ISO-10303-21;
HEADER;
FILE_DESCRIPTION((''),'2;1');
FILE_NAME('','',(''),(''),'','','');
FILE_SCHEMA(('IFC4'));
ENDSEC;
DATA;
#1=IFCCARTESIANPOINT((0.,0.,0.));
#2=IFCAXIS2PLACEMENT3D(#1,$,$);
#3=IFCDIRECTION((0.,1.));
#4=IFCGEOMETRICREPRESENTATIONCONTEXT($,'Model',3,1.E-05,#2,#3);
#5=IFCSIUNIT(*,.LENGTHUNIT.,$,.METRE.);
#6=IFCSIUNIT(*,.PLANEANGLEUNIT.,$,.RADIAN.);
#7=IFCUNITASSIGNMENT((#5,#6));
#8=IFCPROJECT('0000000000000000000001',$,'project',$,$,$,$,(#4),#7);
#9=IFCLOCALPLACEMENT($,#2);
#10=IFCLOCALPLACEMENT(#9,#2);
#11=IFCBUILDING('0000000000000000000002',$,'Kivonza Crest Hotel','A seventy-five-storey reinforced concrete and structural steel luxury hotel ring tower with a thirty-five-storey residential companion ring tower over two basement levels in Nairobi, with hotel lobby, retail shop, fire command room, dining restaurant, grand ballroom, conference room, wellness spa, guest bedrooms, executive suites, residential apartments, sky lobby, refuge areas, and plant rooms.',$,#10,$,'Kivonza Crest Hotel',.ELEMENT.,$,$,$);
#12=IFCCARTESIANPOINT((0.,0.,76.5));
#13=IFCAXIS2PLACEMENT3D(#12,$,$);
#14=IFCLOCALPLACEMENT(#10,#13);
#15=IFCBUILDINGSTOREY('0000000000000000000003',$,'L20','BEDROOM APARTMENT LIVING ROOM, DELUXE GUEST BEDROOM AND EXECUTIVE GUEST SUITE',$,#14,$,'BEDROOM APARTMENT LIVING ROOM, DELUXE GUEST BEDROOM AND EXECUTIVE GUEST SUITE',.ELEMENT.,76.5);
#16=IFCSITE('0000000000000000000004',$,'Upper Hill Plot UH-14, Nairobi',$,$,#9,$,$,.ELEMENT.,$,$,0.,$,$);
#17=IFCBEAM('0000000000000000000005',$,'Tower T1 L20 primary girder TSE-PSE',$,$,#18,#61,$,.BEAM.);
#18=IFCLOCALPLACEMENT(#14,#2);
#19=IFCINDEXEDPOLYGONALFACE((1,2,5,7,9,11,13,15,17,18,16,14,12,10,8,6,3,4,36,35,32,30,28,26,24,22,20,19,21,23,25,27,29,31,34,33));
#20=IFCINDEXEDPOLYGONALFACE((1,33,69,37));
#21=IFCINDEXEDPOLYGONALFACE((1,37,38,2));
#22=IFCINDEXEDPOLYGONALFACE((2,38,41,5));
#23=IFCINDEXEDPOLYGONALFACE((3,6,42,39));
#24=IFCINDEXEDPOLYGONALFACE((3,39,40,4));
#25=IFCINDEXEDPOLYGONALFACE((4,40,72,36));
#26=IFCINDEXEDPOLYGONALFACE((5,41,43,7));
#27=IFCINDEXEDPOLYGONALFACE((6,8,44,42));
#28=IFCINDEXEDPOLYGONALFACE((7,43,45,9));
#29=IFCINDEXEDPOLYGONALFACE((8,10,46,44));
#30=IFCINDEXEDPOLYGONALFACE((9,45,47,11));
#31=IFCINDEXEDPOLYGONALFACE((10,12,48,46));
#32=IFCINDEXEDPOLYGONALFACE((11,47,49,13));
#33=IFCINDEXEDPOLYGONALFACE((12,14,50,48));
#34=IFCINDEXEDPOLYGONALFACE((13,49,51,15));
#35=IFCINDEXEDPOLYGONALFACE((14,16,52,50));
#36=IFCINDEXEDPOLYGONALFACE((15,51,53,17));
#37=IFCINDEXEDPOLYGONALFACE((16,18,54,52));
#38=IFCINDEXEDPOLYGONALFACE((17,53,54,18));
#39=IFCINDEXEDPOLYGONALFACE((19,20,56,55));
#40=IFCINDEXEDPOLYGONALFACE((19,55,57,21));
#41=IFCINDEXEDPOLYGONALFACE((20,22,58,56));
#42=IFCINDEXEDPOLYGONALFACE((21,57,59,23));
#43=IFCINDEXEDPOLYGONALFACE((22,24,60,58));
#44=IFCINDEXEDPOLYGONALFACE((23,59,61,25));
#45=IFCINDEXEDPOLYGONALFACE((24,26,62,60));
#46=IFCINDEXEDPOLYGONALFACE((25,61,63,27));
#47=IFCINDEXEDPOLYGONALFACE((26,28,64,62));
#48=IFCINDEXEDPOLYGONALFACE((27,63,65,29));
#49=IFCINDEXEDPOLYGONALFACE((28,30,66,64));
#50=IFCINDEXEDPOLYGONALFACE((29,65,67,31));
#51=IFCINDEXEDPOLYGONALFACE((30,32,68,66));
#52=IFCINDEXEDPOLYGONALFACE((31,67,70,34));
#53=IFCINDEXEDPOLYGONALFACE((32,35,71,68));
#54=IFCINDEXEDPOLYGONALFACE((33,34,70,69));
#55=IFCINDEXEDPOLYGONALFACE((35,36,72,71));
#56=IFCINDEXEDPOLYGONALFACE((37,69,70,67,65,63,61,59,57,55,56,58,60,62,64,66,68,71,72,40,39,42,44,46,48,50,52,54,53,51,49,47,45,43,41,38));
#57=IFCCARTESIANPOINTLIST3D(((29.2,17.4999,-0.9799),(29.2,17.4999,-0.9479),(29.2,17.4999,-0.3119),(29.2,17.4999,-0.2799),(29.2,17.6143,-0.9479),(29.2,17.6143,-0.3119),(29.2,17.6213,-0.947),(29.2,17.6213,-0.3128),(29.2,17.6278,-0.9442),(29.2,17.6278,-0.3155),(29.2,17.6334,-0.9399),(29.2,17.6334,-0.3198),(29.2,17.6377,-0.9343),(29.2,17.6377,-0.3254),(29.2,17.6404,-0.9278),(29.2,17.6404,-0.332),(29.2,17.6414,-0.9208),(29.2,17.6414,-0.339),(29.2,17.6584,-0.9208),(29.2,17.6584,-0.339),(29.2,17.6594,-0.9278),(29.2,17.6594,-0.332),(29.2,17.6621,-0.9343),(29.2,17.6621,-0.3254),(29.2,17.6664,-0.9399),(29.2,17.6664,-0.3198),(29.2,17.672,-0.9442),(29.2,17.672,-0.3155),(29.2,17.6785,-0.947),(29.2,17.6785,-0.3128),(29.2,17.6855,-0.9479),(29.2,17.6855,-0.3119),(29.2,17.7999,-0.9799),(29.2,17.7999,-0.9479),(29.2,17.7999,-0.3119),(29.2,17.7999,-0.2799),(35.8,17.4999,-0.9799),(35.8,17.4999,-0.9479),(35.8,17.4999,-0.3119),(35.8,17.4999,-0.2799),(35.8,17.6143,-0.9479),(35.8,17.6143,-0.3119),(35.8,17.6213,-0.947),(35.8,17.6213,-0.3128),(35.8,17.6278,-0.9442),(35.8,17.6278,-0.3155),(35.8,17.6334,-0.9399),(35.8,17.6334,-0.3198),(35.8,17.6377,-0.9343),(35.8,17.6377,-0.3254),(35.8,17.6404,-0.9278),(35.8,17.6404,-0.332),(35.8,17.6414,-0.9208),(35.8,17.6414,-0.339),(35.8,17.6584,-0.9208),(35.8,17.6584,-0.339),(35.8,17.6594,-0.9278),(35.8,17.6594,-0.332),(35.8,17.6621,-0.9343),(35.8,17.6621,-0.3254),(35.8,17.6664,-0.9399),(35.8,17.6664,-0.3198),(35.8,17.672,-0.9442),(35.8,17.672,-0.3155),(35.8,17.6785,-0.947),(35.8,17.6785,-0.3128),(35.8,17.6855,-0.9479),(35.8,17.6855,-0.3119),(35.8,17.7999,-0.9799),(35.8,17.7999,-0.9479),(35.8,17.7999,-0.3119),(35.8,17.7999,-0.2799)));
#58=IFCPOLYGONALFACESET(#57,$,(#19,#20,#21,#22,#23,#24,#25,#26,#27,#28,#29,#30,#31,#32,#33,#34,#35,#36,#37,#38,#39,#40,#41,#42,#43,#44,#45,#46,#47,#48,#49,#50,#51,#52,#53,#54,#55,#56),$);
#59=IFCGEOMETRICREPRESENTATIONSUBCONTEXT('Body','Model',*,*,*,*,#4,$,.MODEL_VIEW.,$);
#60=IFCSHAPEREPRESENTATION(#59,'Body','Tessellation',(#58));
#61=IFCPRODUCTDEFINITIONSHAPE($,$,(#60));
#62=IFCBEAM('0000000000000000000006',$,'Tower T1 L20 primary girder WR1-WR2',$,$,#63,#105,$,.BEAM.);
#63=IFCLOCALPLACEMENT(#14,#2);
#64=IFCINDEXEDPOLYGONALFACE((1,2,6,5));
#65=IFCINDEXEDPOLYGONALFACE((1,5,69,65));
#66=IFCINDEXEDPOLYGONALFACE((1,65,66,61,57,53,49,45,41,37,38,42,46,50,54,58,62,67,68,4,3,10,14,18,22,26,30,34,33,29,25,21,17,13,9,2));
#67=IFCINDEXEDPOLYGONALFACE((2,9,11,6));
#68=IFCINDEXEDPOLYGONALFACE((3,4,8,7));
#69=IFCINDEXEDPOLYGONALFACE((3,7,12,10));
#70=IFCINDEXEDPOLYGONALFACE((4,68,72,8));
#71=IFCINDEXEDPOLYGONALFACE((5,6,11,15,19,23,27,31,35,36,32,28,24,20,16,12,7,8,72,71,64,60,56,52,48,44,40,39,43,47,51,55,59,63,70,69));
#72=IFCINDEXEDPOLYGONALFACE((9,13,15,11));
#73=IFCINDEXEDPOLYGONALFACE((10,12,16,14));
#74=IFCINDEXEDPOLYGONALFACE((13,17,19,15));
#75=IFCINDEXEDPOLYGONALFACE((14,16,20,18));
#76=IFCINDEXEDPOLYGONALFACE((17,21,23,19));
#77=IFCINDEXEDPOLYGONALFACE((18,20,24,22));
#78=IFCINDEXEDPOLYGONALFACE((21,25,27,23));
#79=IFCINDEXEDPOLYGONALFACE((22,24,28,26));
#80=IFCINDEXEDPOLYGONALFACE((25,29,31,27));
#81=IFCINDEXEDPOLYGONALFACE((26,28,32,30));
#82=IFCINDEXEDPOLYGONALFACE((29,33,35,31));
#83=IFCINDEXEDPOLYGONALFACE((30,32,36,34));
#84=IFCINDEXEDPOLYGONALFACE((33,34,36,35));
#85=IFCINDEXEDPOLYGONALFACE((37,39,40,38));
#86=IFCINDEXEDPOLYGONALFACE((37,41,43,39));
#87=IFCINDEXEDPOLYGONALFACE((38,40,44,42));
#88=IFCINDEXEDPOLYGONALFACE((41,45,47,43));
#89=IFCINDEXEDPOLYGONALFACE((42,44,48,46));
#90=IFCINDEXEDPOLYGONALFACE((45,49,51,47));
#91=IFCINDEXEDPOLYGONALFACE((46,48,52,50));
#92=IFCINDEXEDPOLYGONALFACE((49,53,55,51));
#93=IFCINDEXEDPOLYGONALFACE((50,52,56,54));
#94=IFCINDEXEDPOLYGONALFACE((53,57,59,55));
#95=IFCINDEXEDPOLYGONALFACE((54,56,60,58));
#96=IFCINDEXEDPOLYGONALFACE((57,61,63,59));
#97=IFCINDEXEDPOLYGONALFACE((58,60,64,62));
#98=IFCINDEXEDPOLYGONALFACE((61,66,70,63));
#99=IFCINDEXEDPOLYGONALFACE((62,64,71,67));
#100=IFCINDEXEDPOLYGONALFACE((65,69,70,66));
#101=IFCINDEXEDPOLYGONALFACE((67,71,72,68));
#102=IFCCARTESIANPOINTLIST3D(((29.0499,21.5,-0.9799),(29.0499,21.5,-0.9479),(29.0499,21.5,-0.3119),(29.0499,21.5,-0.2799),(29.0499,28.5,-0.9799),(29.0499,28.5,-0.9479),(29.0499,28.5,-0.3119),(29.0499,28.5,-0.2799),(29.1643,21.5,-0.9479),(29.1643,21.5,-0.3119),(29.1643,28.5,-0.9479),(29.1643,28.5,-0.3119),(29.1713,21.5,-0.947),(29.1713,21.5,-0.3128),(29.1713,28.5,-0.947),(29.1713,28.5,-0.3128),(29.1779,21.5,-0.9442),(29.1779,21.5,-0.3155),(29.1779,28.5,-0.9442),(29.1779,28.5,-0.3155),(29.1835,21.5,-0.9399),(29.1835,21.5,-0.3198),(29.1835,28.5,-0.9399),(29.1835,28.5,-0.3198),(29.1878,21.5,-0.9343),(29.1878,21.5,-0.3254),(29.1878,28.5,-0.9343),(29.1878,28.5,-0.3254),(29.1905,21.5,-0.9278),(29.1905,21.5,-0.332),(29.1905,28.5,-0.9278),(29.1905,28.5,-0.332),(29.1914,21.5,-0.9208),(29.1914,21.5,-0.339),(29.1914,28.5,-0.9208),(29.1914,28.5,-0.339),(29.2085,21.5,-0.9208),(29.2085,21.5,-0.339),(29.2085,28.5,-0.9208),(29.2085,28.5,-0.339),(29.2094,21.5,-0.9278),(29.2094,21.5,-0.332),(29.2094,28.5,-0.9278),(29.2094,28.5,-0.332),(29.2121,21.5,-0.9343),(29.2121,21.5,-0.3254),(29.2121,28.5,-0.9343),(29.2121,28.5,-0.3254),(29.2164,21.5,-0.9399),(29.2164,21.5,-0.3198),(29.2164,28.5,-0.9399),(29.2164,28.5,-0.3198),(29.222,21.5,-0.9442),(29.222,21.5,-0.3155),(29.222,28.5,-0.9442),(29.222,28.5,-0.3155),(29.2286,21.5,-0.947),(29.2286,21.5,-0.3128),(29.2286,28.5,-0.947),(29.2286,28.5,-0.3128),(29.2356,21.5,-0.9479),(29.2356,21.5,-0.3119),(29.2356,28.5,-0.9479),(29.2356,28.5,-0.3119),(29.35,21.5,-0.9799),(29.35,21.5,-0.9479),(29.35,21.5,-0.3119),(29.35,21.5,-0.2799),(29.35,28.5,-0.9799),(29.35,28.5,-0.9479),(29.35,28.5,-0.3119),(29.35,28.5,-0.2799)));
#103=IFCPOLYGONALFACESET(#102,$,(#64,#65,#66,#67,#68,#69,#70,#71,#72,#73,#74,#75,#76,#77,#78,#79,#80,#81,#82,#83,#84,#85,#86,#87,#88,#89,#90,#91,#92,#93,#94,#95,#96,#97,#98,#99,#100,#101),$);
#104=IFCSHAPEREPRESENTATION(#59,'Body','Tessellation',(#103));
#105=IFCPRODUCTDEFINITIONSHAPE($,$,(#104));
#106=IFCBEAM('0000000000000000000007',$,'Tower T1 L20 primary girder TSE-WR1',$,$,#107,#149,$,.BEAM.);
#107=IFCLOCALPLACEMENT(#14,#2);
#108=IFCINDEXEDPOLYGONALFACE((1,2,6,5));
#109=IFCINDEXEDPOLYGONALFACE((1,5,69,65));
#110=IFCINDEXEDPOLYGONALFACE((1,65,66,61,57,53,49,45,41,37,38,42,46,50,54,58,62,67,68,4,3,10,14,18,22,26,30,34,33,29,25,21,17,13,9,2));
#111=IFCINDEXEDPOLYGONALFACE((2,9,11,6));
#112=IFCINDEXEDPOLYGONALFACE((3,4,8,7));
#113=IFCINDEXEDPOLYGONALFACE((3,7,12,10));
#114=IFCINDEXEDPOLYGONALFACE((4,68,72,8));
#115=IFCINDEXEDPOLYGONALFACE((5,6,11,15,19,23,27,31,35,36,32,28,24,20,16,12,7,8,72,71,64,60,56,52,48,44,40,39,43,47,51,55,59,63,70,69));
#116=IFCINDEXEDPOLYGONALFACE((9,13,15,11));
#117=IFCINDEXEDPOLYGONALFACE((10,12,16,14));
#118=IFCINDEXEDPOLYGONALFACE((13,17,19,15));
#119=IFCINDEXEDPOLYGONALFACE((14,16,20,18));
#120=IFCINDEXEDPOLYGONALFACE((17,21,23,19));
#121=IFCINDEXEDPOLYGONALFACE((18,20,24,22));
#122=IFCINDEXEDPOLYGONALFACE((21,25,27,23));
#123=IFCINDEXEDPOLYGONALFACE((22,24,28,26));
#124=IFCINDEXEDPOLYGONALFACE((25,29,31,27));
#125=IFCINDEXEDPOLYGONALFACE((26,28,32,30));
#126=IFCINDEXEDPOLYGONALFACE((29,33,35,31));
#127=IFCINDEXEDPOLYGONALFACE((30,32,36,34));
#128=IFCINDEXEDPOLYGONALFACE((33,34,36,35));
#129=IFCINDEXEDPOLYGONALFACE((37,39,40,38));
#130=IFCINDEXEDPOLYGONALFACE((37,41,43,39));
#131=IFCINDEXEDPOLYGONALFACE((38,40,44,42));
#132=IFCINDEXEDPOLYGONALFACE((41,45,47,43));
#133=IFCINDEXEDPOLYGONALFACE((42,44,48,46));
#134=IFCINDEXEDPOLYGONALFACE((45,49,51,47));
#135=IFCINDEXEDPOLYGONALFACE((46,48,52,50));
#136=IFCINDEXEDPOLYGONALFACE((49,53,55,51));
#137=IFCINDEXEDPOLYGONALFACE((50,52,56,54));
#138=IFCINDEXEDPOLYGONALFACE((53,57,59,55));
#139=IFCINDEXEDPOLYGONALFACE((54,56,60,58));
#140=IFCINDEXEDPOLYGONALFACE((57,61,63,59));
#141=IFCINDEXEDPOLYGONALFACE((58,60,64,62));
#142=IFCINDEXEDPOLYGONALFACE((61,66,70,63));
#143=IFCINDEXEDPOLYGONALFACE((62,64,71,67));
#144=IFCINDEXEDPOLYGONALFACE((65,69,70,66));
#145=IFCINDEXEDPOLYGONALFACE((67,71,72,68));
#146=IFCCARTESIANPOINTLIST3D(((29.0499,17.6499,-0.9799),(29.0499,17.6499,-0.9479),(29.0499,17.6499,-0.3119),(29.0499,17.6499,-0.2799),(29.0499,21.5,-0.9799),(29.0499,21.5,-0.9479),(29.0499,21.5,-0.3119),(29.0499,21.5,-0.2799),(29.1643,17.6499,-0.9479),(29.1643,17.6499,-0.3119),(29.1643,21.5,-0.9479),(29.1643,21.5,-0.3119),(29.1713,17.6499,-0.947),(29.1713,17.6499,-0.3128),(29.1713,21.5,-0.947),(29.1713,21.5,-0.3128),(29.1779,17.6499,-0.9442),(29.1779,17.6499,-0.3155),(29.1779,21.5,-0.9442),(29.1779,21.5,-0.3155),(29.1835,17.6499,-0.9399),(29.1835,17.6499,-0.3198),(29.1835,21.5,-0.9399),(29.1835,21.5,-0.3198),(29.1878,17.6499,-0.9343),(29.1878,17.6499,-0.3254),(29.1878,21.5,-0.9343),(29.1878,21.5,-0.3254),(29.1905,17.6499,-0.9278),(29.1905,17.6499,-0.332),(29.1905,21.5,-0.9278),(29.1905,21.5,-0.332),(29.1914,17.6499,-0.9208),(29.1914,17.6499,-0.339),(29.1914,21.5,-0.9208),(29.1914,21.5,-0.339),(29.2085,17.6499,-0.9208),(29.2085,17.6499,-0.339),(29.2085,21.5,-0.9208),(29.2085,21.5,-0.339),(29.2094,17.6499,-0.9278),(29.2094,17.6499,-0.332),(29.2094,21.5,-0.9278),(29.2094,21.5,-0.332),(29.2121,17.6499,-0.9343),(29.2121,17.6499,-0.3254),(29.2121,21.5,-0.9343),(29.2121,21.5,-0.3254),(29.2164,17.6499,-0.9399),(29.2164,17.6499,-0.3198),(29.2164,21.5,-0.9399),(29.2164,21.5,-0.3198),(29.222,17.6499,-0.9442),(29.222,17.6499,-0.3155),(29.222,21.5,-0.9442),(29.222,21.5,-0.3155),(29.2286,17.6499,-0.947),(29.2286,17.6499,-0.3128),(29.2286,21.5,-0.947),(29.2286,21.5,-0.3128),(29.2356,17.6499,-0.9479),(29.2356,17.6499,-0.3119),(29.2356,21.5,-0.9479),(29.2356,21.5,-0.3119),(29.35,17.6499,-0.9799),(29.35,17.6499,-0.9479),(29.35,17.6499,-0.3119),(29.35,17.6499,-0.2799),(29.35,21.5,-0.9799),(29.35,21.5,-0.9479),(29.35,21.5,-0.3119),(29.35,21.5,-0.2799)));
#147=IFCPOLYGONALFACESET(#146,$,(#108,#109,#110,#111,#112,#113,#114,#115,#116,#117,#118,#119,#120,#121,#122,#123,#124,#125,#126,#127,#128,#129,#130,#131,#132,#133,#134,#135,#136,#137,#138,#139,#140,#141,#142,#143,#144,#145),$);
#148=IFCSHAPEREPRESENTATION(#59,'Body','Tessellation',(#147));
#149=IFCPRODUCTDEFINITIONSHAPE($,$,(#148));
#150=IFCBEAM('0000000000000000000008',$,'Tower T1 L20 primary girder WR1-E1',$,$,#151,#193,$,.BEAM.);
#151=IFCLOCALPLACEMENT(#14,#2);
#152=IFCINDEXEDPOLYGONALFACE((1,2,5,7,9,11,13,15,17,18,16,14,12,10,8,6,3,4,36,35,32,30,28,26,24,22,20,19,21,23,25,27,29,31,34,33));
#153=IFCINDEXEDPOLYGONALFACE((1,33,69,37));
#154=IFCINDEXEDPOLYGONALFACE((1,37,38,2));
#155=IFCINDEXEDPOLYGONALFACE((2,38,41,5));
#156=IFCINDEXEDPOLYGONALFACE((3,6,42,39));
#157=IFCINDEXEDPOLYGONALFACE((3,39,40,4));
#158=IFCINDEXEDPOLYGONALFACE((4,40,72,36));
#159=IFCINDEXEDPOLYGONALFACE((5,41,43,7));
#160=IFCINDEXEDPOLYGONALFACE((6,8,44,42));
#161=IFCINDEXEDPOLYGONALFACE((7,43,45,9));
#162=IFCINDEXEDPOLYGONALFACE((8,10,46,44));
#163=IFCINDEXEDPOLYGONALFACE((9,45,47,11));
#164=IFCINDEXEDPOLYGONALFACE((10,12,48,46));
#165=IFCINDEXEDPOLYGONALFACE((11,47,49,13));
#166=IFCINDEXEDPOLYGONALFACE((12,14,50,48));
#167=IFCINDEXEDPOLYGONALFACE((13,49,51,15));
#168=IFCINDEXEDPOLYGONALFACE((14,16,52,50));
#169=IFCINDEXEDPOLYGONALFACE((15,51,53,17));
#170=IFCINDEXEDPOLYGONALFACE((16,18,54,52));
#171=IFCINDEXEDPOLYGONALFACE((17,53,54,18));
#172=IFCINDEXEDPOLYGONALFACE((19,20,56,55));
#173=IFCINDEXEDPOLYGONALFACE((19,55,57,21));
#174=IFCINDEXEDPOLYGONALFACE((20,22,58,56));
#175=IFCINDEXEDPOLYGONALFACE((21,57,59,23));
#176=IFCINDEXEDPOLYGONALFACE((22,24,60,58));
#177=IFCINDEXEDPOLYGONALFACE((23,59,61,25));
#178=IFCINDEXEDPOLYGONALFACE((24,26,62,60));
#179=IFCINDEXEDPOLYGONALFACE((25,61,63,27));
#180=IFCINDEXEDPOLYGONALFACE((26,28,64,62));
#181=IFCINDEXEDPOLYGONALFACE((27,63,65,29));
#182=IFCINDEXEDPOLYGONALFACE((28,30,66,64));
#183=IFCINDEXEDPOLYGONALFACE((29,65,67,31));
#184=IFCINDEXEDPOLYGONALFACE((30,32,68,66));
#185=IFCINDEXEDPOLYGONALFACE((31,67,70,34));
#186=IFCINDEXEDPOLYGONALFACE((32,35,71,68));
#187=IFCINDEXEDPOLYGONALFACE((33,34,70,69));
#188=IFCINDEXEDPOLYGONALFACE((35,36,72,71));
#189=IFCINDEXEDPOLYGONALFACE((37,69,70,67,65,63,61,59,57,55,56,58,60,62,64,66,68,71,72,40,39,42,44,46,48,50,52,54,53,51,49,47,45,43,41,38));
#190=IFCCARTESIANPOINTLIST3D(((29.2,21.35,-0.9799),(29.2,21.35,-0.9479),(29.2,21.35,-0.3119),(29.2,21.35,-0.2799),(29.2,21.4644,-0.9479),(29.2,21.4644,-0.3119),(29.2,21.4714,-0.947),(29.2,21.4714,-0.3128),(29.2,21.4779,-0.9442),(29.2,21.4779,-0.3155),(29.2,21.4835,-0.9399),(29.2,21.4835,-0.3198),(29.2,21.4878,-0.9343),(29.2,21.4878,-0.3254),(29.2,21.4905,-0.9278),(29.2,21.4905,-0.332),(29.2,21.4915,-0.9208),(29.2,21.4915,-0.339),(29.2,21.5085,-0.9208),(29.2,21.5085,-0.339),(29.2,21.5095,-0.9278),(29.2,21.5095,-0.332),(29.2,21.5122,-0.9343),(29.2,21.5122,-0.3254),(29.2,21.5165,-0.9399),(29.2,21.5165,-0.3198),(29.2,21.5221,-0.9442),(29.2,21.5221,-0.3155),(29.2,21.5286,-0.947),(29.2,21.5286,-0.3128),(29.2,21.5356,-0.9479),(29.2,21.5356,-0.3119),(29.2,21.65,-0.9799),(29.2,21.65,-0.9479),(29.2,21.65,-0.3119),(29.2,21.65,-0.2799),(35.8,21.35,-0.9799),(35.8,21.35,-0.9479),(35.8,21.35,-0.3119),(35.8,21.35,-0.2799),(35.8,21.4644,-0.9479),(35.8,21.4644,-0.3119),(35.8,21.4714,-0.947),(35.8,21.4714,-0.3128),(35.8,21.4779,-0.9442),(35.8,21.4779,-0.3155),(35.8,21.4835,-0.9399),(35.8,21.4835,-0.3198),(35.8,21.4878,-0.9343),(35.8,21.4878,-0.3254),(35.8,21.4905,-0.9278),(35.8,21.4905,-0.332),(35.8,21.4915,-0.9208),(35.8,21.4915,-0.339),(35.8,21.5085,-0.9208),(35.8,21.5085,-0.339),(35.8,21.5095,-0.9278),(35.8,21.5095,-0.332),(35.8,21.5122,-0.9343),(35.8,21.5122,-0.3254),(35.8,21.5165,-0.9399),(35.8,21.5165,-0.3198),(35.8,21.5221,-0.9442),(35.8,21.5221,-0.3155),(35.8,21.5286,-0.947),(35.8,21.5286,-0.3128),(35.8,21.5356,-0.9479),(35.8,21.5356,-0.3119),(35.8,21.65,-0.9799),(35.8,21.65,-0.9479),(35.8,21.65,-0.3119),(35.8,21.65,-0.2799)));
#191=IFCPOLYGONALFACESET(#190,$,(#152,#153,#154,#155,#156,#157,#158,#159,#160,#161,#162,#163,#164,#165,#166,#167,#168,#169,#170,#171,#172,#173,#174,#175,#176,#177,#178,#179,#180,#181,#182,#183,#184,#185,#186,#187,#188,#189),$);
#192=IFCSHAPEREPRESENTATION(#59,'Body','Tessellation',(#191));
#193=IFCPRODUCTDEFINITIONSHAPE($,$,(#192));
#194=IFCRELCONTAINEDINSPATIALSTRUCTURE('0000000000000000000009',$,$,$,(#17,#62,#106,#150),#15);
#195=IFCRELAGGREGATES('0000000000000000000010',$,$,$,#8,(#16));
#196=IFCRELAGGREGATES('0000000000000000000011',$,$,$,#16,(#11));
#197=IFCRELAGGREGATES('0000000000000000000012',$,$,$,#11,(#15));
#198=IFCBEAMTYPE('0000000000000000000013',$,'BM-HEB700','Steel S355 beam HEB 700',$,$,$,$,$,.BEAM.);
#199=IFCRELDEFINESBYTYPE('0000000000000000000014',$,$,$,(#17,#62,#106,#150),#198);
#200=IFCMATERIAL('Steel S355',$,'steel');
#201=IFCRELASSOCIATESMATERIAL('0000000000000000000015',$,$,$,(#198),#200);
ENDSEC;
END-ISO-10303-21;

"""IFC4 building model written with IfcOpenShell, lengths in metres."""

from ifc_helpers import new_model, si_unit, direction, frame, origin, origin_2d, place, context, subcontext, project, spatial, i_section, extrude, material, material_profile, profile_set, type_object, element, save


model = new_model("IFC4")

# Units and contexts
model_context = context("Model", 3, precision=1e-05, world=origin(), true_north=direction((0.0, 1.0)))
body_context = subcontext(model_context, "Body", "Model", "MODEL_VIEW")
ifc_project = project(units=[si_unit("LENGTHUNIT", "METRE"), si_unit("PLANEANGLEUNIT", "RADIAN")], contexts=[model_context])

# Site, building, storey
site_placement = place(None, origin())
site = spatial("IfcSite", under=ifc_project, at=site_placement, Name="Upper Hill Plot UH-14, Nairobi", CompositionType="ELEMENT", RefElevation=0.0)
building_placement = place(site_placement, origin())
building = spatial("IfcBuilding", under=site, at=building_placement, Name="Kivonza Crest Hotel", Description="A seventy-five-storey reinforced concrete and structural steel luxury hotel ring tower with a thirty-five-storey residential companion ring tower over two basement levels in Nairobi, with hotel lobby, retail shop, fire command room, dining restaurant, grand ballroom, conference room, wellness spa, guest bedrooms, executive suites, residential apartments, sky lobby, refuge areas, and plant rooms.", LongName="Kivonza Crest Hotel", CompositionType="ELEMENT")
storey_placement = place(building_placement, frame((0.0, 0.0, 76.5)))
storey = spatial("IfcBuildingStorey", under=building, at=storey_placement, Name="L20", Description="BEDROOM APARTMENT LIVING ROOM, DELUXE GUEST BEDROOM AND EXECUTIVE GUEST SUITE", LongName="BEDROOM APARTMENT LIVING ROOM, DELUXE GUEST BEDROOM AND EXECUTIVE GUEST SUITE", CompositionType="ELEMENT", Elevation=76.5)

# Beams
ifc_material_1 = material(Name="Steel S355", Category="steel")
ifc_material_profile_1 = material_profile(ifc_material_1, i_section(OverallWidth=0.3, OverallDepth=0.7, WebThickness=0.0171, FlangeThickness=0.032, FilletRadius=0.0271, at=origin_2d()), Name="HEB 700")
ifc_profile_set_1 = profile_set([ifc_material_profile_1], Name="Steel S355")
beam_type_1 = type_object("IfcBeamType", Name="BM-HEB700", Description="Steel S355 beam HEB 700", PredefinedType="BEAM", material=ifc_profile_set_1)
beam_1_placement = place(storey_placement, frame((29.2, 17.6499, -0.6299), z_axis=(1.0, 0.0, 0.0), x_axis=(0.0, 1.0, 0.0)))
element("IfcBeam", 1, at=beam_1_placement, inside=storey, type_object=beam_type_1, Name="Tower T1 L20 primary girder TSE-PSE", PredefinedType="BEAM", context=body_context, shape_type="SweptSolid", body=[
    extrude(i_section(OverallWidth=0.3, OverallDepth=0.7, WebThickness=0.0171, FlangeThickness=0.032, FilletRadius=0.0271, at=origin_2d()), origin(), (0.0, 0.0, 1.0), 6.6001),
])
beam_2_placement = place(storey_placement, frame((29.2, 21.5, -0.6299), z_axis=(0.0, 1.0, 0.0), x_axis=(-1.0, 0.0, 0.0)))
element("IfcBeam", 2, at=beam_2_placement, inside=storey, type_object=beam_type_1, Name="Tower T1 L20 primary girder WR1-WR2", PredefinedType="BEAM", context=body_context, shape_type="SweptSolid", body=[
    extrude(i_section(OverallWidth=0.3, OverallDepth=0.7, WebThickness=0.0171, FlangeThickness=0.032, FilletRadius=0.0271, at=origin_2d()), origin(), (0.0, 0.0, 1.0), 7.0),
])
beam_3_placement = place(storey_placement, frame((29.2, 17.6499, -0.6299), z_axis=(0.0, 1.0, 0.0), x_axis=(-1.0, 0.0, 0.0)))
element("IfcBeam", 3, at=beam_3_placement, inside=storey, type_object=beam_type_1, Name="Tower T1 L20 primary girder TSE-WR1", PredefinedType="BEAM", context=body_context, shape_type="SweptSolid", body=[
    extrude(i_section(OverallWidth=0.3, OverallDepth=0.7, WebThickness=0.0171, FlangeThickness=0.032, FilletRadius=0.0271, at=origin_2d()), origin(), (0.0, 0.0, 1.0), 3.8501),
])
beam_4_placement = place(storey_placement, frame((29.2, 21.5, -0.6299), z_axis=(1.0, 0.0, 0.0), x_axis=(0.0, 1.0, 0.0)))
element("IfcBeam", 4, at=beam_4_placement, inside=storey, type_object=beam_type_1, Name="Tower T1 L20 primary girder WR1-E1", PredefinedType="BEAM", context=body_context, shape_type="SweptSolid", body=[
    extrude(i_section(OverallWidth=0.3, OverallDepth=0.7, WebThickness=0.0171, FlangeThickness=0.032, FilletRadius=0.0271, at=origin_2d()), origin(), (0.0, 0.0, 1.0), 6.6001),
])

save(model, "model.ifc")
